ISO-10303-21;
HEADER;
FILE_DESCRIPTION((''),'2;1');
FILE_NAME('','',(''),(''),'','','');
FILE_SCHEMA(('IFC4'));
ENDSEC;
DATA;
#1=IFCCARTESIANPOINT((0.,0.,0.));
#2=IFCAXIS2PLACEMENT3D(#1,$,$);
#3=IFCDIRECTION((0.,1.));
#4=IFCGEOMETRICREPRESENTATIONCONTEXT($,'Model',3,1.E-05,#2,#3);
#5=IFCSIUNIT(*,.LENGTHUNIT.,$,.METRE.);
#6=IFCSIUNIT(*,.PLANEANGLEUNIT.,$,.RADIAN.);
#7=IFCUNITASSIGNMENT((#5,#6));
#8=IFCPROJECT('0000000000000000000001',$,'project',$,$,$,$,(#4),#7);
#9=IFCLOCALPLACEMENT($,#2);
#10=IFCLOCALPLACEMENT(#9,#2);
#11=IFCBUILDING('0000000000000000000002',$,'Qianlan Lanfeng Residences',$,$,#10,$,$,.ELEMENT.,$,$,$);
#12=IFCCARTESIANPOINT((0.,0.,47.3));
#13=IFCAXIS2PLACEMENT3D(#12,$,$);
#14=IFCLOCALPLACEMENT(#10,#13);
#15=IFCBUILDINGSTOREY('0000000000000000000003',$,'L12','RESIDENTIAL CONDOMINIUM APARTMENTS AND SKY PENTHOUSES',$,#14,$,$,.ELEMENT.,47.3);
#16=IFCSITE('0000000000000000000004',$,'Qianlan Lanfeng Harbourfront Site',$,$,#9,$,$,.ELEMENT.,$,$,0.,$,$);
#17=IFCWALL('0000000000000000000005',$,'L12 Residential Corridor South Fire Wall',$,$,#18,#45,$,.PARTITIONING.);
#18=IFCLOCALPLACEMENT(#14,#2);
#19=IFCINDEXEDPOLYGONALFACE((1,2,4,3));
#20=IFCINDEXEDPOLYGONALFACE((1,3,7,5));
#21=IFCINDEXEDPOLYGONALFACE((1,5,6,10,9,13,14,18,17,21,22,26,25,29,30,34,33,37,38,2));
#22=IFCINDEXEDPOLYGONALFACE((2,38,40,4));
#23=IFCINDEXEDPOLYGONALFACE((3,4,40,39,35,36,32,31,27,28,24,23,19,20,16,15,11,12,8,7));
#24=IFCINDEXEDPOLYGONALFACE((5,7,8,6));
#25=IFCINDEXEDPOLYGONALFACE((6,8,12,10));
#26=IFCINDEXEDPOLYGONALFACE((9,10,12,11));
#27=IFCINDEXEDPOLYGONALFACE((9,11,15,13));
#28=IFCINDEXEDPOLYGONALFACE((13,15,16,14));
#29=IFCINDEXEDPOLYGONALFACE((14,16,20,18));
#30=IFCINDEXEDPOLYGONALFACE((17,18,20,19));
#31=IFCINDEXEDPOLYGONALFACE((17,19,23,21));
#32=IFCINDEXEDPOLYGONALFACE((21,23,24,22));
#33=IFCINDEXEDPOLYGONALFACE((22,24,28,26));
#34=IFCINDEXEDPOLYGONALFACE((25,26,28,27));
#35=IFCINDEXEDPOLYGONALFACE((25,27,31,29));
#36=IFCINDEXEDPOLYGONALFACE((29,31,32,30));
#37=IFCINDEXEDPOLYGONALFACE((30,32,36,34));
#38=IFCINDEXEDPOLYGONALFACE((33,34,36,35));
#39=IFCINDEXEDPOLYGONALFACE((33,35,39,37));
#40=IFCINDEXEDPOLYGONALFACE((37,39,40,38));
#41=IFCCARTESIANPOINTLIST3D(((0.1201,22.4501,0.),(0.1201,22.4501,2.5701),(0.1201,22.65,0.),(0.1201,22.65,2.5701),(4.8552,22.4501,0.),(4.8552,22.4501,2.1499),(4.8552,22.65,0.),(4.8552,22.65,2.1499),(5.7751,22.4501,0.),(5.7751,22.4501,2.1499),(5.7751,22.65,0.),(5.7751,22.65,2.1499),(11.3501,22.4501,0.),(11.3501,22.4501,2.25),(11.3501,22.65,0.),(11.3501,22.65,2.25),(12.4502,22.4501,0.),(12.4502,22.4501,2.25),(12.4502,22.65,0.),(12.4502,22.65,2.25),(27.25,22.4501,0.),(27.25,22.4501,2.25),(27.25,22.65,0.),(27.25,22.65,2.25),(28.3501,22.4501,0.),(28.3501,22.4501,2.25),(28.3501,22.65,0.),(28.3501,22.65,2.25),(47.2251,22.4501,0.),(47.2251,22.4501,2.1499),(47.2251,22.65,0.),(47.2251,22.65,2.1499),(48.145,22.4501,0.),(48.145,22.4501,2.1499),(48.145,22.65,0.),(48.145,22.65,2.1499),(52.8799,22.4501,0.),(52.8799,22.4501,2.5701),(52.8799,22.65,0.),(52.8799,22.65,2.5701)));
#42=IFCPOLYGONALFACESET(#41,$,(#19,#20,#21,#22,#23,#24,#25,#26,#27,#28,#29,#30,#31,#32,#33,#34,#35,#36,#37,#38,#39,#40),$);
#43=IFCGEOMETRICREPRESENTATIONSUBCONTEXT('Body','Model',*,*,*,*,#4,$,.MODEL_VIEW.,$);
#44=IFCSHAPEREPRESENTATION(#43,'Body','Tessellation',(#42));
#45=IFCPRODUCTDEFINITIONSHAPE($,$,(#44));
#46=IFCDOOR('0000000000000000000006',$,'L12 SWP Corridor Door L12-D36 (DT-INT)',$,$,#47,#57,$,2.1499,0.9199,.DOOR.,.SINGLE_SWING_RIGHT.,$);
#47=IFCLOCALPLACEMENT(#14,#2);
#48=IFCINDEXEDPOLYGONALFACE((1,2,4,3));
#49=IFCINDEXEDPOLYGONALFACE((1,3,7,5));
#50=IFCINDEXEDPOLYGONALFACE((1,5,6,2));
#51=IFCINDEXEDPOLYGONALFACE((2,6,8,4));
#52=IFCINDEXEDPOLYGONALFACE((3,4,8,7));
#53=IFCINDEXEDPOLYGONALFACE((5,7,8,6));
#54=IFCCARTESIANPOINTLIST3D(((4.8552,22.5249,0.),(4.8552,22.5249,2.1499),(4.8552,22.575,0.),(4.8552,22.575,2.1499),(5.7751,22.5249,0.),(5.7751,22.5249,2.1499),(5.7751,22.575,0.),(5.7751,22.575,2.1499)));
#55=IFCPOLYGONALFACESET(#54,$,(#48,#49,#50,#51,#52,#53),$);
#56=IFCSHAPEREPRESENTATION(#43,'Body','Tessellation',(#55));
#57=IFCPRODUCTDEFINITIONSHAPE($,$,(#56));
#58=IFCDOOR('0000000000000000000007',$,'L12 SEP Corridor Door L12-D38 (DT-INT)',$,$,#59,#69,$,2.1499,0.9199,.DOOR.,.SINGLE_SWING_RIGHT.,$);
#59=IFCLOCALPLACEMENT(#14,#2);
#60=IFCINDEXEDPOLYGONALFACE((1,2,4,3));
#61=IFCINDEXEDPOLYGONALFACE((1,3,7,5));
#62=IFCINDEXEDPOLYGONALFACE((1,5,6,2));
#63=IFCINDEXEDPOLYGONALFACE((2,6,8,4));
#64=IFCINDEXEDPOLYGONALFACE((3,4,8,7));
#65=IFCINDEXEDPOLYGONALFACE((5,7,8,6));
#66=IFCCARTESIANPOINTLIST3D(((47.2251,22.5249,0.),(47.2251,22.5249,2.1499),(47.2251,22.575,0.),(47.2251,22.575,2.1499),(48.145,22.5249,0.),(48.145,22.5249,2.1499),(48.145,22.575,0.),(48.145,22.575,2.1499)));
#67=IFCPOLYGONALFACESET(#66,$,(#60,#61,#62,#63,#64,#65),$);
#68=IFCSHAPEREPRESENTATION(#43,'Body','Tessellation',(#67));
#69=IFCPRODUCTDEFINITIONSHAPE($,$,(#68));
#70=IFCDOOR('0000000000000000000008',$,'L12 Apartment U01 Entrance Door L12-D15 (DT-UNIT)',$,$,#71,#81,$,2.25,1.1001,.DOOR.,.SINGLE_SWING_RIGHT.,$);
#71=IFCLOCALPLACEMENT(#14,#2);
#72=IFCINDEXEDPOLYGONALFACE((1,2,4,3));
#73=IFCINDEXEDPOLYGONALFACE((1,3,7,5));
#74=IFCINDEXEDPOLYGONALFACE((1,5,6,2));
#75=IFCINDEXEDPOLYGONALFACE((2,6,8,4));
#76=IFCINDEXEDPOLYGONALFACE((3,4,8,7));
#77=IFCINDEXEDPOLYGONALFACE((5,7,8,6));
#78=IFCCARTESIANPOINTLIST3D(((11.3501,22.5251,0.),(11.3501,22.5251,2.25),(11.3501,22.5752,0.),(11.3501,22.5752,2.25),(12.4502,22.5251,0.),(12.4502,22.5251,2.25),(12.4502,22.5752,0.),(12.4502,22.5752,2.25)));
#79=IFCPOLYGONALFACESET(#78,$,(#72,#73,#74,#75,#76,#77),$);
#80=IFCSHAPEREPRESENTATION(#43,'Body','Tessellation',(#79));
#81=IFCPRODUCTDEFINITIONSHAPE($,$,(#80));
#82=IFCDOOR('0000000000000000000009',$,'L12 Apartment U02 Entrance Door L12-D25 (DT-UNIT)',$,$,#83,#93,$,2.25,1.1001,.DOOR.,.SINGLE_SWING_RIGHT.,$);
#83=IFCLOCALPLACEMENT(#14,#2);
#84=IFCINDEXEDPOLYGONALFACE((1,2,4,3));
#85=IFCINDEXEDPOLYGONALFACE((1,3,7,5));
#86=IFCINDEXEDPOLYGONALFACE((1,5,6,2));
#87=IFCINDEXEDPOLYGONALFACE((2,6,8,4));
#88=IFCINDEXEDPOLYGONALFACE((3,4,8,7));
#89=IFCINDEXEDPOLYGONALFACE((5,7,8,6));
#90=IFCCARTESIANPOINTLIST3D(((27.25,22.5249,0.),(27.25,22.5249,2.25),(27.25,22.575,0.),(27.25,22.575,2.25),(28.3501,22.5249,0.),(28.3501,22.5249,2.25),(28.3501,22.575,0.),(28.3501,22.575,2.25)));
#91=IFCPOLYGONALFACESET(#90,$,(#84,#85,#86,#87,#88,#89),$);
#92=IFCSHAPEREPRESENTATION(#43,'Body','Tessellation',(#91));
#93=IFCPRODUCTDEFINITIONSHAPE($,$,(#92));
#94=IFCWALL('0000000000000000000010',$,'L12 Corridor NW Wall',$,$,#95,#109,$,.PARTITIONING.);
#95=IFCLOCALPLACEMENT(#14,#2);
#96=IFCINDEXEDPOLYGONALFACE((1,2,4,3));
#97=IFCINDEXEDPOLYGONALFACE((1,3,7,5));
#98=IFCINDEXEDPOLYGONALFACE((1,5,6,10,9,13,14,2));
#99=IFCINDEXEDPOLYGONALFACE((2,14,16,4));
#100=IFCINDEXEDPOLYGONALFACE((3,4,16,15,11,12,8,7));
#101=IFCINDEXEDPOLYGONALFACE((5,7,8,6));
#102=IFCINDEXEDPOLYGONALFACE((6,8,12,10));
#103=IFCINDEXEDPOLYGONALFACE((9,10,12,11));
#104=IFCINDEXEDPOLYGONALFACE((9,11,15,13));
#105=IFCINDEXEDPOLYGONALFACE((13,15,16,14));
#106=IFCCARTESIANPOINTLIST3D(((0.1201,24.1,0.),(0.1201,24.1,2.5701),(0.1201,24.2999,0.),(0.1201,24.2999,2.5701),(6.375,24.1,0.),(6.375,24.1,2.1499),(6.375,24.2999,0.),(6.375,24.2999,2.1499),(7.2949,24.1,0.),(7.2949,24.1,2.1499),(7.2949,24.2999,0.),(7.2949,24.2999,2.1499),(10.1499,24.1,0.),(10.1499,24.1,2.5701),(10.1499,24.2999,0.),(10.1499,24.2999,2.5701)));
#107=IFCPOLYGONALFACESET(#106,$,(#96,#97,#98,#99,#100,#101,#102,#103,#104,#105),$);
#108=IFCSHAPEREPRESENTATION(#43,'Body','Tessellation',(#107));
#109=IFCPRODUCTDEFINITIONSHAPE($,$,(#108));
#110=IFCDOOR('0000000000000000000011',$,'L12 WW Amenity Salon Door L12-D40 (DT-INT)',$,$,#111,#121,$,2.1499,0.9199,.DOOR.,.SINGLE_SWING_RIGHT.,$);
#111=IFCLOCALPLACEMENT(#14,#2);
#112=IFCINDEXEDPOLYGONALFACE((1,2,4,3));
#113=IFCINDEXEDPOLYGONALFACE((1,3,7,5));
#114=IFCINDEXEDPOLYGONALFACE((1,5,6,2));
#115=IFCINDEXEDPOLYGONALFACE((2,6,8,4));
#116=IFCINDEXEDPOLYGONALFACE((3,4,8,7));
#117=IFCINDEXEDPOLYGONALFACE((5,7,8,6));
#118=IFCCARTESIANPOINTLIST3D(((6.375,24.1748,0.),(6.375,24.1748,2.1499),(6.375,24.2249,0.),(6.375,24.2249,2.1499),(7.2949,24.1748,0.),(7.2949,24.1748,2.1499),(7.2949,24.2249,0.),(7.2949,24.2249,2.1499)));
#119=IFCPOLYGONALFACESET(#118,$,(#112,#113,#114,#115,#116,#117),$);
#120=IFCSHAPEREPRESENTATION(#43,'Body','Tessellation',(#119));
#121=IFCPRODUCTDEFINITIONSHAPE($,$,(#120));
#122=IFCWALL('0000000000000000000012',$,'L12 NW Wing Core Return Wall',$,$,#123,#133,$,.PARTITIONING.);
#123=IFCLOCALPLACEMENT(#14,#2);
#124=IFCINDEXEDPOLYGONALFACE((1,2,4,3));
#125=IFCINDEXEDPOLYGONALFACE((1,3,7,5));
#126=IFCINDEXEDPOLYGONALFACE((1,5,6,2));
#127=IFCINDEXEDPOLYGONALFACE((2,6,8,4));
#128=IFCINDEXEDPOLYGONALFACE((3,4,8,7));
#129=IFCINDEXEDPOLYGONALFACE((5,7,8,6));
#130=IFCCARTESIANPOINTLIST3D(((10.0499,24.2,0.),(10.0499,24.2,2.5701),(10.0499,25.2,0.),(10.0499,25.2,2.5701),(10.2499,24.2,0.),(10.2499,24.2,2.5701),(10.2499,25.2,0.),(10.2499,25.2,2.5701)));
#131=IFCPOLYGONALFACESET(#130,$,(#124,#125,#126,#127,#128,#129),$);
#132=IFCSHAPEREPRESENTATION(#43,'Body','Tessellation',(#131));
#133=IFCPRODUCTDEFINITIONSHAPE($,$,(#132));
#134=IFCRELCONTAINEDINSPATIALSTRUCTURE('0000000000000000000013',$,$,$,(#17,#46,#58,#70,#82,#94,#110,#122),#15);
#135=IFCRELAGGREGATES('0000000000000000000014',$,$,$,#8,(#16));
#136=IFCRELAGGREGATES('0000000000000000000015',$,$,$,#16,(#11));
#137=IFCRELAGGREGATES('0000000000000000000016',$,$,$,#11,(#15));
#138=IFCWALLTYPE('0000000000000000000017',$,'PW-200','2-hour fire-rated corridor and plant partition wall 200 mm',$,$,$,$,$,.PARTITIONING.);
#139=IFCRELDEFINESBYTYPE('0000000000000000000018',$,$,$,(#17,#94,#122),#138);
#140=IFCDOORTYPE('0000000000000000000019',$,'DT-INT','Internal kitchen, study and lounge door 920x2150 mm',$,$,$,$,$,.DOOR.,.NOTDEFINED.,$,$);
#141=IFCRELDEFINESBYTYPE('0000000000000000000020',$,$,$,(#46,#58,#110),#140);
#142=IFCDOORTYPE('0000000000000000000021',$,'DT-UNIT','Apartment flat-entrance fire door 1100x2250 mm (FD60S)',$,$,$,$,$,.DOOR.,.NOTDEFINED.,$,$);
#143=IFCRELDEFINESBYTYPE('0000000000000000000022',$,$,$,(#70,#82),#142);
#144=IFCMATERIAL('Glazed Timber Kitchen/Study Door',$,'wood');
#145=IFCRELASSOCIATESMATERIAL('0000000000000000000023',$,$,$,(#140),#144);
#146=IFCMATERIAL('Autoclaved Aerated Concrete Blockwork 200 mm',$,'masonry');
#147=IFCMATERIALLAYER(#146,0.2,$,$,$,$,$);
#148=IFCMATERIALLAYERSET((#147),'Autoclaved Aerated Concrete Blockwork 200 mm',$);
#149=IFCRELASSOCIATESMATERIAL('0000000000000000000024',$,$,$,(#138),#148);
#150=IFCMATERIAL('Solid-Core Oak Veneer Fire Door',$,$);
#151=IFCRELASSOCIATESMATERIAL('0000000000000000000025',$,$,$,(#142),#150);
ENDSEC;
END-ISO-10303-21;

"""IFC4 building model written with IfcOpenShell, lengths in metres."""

from ifc_helpers import new_model, si_unit, direction, frame, frame_2d, origin, place, context, subcontext, project, spatial, rectangle, extrude, material, layer, layer_set, type_object, element, fill, save


model = new_model("IFC4")

# Units and contexts
model_context = context("Model", 3, precision=1e-05, world=origin(), true_north=direction((0.0, 1.0)))
body_context = subcontext(model_context, "Body", "Model", "MODEL_VIEW")
ifc_project = project(units=[si_unit("LENGTHUNIT", "METRE"), si_unit("PLANEANGLEUNIT", "RADIAN")], contexts=[model_context])

# Site, building, storey
site_placement = place(None, origin())
site = spatial("IfcSite", under=ifc_project, at=site_placement, Name="Qianlan Lanfeng Harbourfront Site", CompositionType="ELEMENT", RefElevation=0.0)
building_placement = place(site_placement, origin())
building = spatial("IfcBuilding", under=site, at=building_placement, Name="Qianlan Lanfeng Residences", CompositionType="ELEMENT")
storey_placement = place(building_placement, frame((0.0, 0.0, 47.3)))
storey = spatial("IfcBuildingStorey", under=building, at=storey_placement, Name="L12", Description="RESIDENTIAL CONDOMINIUM APARTMENTS AND SKY PENTHOUSES", CompositionType="ELEMENT", Elevation=47.3)

# Shared definitions
ifc_material_1 = material(Name="Glazed Timber Kitchen/Study Door", Category="wood")
door_type_1 = type_object("IfcDoorType", Name="DT-INT", Description="Internal kitchen, study and lounge door 920x2150 mm", OperationType="NOTDEFINED", PredefinedType="DOOR", material=ifc_material_1)

# Wall, openings, doors
ifc_material_2 = material(Name="Autoclaved Aerated Concrete Blockwork 200 mm", Category="masonry")
ifc_layer_1 = layer(ifc_material_2, 0.2)
ifc_layer_set_1 = layer_set([ifc_layer_1], Name="Autoclaved Aerated Concrete Blockwork 200 mm")
wall_type_1 = type_object("IfcWallType", Name="PW-200", Description="2-hour fire-rated corridor and plant partition wall 200 mm", PredefinedType="PARTITIONING", material=ifc_layer_set_1)
wall_1_placement = place(storey_placement, frame((0.1201, 22.55, 0.0), z_axis=(0.0, 0.0, 1.0), x_axis=(1.0, 0.0, 0.0)))
wall_1 = element("IfcWall", 1, at=wall_1_placement, inside=storey, type_object=wall_type_1, Name="L12 Residential Corridor South Fire Wall", PredefinedType="PARTITIONING", context=body_context, shape_type="SweptSolid", body=[
    extrude(rectangle(XDim=52.7598, YDim=0.2, at=frame_2d((26.3799, 0.0))), origin(), (0.0, 0.0, 1.0), 2.5701),
])
opening_1_placement = place(wall_1_placement, frame((11.23, 0.0, 0.0)))
opening_1 = element("IfcOpeningElement", 2, at=opening_1_placement, cuts=wall_1, PredefinedType="OPENING", context=body_context, shape_type="SweptSolid", body=[
    extrude(rectangle(XDim=1.1001, YDim=2.25, at=frame_2d((0.55, 1.125))), frame((0.0, 0.1099, 0.0), z_axis=(0.0, -1.0, 0.0), x_axis=(1.0, 0.0, 0.0)), (0.0, 0.0, 1.0), 0.22),
])
opening_2_placement = place(wall_1_placement, frame((27.1299, 0.0, 0.0)))
opening_2 = element("IfcOpeningElement", 3, at=opening_2_placement, cuts=wall_1, PredefinedType="OPENING", context=body_context, shape_type="SweptSolid", body=[
    extrude(rectangle(XDim=1.1001, YDim=2.25, at=frame_2d((0.55, 1.125))), frame((0.0, 0.1099, 0.0), z_axis=(0.0, -1.0, 0.0), x_axis=(1.0, 0.0, 0.0)), (0.0, 0.0, 1.0), 0.22),
])
opening_3_placement = place(wall_1_placement, frame((4.7351, 0.0, 0.0)))
opening_3 = element("IfcOpeningElement", 4, at=opening_3_placement, cuts=wall_1, PredefinedType="OPENING", context=body_context, shape_type="SweptSolid", body=[
    extrude(rectangle(XDim=0.9199, YDim=2.1499, at=frame_2d((0.46, 1.075))), frame((0.0, 0.1099, 0.0), z_axis=(0.0, -1.0, 0.0), x_axis=(1.0, 0.0, 0.0)), (0.0, 0.0, 1.0), 0.22),
])
opening_4_placement = place(wall_1_placement, frame((47.105, 0.0, 0.0)))
opening_4 = element("IfcOpeningElement", 5, at=opening_4_placement, cuts=wall_1, PredefinedType="OPENING", context=body_context, shape_type="SweptSolid", body=[
    extrude(rectangle(XDim=0.9199, YDim=2.1499, at=frame_2d((0.46, 1.075))), frame((0.0, 0.1099, 0.0), z_axis=(0.0, -1.0, 0.0), x_axis=(1.0, 0.0, 0.0)), (0.0, 0.0, 1.0), 0.22),
])
door_1_placement = place(opening_3_placement, origin())
door_1 = element("IfcDoor", 6, at=door_1_placement, inside=storey, type_object=door_type_1, Name="L12 SWP Corridor Door L12-D36 (DT-INT)", OperationType="SINGLE_SWING_RIGHT", OverallHeight=2.1499, OverallWidth=0.9199, PredefinedType="DOOR", context=body_context, shape_type="SweptSolid", body=[
    extrude(rectangle(XDim=0.9199, YDim=2.1499, at=frame_2d((0.46, 1.075))), frame((0.0, 0.0249, 0.0), z_axis=(0.0, -1.0, 0.0), x_axis=(1.0, 0.0, 0.0)), (0.0, 0.0, 1.0), 0.05),
])
fill(opening_3, door_1)
door_2_placement = place(opening_4_placement, origin())
door_2 = element("IfcDoor", 7, at=door_2_placement, inside=storey, type_object=door_type_1, Name="L12 SEP Corridor Door L12-D38 (DT-INT)", OperationType="SINGLE_SWING_RIGHT", OverallHeight=2.1499, OverallWidth=0.9199, PredefinedType="DOOR", context=body_context, shape_type="SweptSolid", body=[
    extrude(rectangle(XDim=0.9199, YDim=2.1499, at=frame_2d((0.46, 1.075))), frame((0.0, 0.0249, 0.0), z_axis=(0.0, -1.0, 0.0), x_axis=(1.0, 0.0, 0.0)), (0.0, 0.0, 1.0), 0.05),
])
fill(opening_4, door_2)
ifc_material_3 = material(Name="Solid-Core Oak Veneer Fire Door")
door_type_2 = type_object("IfcDoorType", Name="DT-UNIT", Description="Apartment flat-entrance fire door 1100x2250 mm (FD60S)", OperationType="NOTDEFINED", PredefinedType="DOOR", material=ifc_material_3)
door_3_placement = place(opening_1_placement, frame((1.1001, 0.0, 0.0), z_axis=(0.0, 0.0, 1.0), x_axis=(-1.0, 0.0, 0.0)))
door_3 = element("IfcDoor", 8, at=door_3_placement, inside=storey, type_object=door_type_2, Name="L12 Apartment U01 Entrance Door L12-D15 (DT-UNIT)", OperationType="SINGLE_SWING_RIGHT", OverallHeight=2.25, OverallWidth=1.1001, PredefinedType="DOOR", context=body_context, shape_type="SweptSolid", body=[
    extrude(rectangle(XDim=1.1001, YDim=2.25, at=frame_2d((0.55, 1.125))), frame((0.0, 0.0249, 0.0), z_axis=(0.0, -1.0, 0.0), x_axis=(1.0, 0.0, 0.0)), (0.0, 0.0, 1.0), 0.05),
])
fill(opening_1, door_3)
door_4_placement = place(opening_2_placement, origin())
door_4 = element("IfcDoor", 9, at=door_4_placement, inside=storey, type_object=door_type_2, Name="L12 Apartment U02 Entrance Door L12-D25 (DT-UNIT)", OperationType="SINGLE_SWING_RIGHT", OverallHeight=2.25, OverallWidth=1.1001, PredefinedType="DOOR", context=body_context, shape_type="SweptSolid", body=[
    extrude(rectangle(XDim=1.1001, YDim=2.25, at=frame_2d((0.55, 1.125))), frame((0.0, 0.0249, 0.0), z_axis=(0.0, -1.0, 0.0), x_axis=(1.0, 0.0, 0.0)), (0.0, 0.0, 1.0), 0.05),
])
fill(opening_2, door_4)

# Wall, opening, door
wall_2_placement = place(storey_placement, frame((0.1201, 24.2, 0.0), z_axis=(0.0, 0.0, 1.0), x_axis=(1.0, 0.0, 0.0)))
wall_2 = element("IfcWall", 10, at=wall_2_placement, inside=storey, type_object=wall_type_1, Name="L12 Corridor NW Wall", PredefinedType="PARTITIONING", context=body_context, shape_type="SweptSolid", body=[
    extrude(rectangle(XDim=10.0298, YDim=0.2, at=frame_2d((5.0149, 0.0))), origin(), (0.0, 0.0, 1.0), 2.5701),
])
opening_5_placement = place(wall_2_placement, frame((6.2549, 0.0, 0.0)))
opening_5 = element("IfcOpeningElement", 11, at=opening_5_placement, cuts=wall_2, PredefinedType="OPENING", context=body_context, shape_type="SweptSolid", body=[
    extrude(rectangle(XDim=0.9199, YDim=2.1499, at=frame_2d((0.46, 1.075))), frame((0.0, 0.1099, 0.0), z_axis=(0.0, -1.0, 0.0), x_axis=(1.0, 0.0, 0.0)), (0.0, 0.0, 1.0), 0.22),
])
door_5_placement = place(opening_5_placement, origin())
door_5 = element("IfcDoor", 12, at=door_5_placement, inside=storey, type_object=door_type_1, Name="L12 WW Amenity Salon Door L12-D40 (DT-INT)", OperationType="SINGLE_SWING_RIGHT", OverallHeight=2.1499, OverallWidth=0.9199, PredefinedType="DOOR", context=body_context, shape_type="SweptSolid", body=[
    extrude(rectangle(XDim=0.9199, YDim=2.1499, at=frame_2d((0.46, 1.075))), frame((0.0, 0.0249, 0.0), z_axis=(0.0, -1.0, 0.0), x_axis=(1.0, 0.0, 0.0)), (0.0, 0.0, 1.0), 0.05),
])
fill(opening_5, door_5)

# Wall
wall_3_placement = place(storey_placement, frame((10.1499, 24.2, 0.0), z_axis=(0.0, 0.0, 1.0), x_axis=(0.0, 1.0, 0.0)))
element("IfcWall", 13, at=wall_3_placement, inside=storey, type_object=wall_type_1, Name="L12 NW Wing Core Return Wall", PredefinedType="PARTITIONING", context=body_context, shape_type="SweptSolid", body=[
    extrude(rectangle(XDim=1.0, YDim=0.2, at=frame_2d((0.5, 0.0))), origin(), (0.0, 0.0, 1.0), 2.5701),
])

save(model, "model.ifc")
